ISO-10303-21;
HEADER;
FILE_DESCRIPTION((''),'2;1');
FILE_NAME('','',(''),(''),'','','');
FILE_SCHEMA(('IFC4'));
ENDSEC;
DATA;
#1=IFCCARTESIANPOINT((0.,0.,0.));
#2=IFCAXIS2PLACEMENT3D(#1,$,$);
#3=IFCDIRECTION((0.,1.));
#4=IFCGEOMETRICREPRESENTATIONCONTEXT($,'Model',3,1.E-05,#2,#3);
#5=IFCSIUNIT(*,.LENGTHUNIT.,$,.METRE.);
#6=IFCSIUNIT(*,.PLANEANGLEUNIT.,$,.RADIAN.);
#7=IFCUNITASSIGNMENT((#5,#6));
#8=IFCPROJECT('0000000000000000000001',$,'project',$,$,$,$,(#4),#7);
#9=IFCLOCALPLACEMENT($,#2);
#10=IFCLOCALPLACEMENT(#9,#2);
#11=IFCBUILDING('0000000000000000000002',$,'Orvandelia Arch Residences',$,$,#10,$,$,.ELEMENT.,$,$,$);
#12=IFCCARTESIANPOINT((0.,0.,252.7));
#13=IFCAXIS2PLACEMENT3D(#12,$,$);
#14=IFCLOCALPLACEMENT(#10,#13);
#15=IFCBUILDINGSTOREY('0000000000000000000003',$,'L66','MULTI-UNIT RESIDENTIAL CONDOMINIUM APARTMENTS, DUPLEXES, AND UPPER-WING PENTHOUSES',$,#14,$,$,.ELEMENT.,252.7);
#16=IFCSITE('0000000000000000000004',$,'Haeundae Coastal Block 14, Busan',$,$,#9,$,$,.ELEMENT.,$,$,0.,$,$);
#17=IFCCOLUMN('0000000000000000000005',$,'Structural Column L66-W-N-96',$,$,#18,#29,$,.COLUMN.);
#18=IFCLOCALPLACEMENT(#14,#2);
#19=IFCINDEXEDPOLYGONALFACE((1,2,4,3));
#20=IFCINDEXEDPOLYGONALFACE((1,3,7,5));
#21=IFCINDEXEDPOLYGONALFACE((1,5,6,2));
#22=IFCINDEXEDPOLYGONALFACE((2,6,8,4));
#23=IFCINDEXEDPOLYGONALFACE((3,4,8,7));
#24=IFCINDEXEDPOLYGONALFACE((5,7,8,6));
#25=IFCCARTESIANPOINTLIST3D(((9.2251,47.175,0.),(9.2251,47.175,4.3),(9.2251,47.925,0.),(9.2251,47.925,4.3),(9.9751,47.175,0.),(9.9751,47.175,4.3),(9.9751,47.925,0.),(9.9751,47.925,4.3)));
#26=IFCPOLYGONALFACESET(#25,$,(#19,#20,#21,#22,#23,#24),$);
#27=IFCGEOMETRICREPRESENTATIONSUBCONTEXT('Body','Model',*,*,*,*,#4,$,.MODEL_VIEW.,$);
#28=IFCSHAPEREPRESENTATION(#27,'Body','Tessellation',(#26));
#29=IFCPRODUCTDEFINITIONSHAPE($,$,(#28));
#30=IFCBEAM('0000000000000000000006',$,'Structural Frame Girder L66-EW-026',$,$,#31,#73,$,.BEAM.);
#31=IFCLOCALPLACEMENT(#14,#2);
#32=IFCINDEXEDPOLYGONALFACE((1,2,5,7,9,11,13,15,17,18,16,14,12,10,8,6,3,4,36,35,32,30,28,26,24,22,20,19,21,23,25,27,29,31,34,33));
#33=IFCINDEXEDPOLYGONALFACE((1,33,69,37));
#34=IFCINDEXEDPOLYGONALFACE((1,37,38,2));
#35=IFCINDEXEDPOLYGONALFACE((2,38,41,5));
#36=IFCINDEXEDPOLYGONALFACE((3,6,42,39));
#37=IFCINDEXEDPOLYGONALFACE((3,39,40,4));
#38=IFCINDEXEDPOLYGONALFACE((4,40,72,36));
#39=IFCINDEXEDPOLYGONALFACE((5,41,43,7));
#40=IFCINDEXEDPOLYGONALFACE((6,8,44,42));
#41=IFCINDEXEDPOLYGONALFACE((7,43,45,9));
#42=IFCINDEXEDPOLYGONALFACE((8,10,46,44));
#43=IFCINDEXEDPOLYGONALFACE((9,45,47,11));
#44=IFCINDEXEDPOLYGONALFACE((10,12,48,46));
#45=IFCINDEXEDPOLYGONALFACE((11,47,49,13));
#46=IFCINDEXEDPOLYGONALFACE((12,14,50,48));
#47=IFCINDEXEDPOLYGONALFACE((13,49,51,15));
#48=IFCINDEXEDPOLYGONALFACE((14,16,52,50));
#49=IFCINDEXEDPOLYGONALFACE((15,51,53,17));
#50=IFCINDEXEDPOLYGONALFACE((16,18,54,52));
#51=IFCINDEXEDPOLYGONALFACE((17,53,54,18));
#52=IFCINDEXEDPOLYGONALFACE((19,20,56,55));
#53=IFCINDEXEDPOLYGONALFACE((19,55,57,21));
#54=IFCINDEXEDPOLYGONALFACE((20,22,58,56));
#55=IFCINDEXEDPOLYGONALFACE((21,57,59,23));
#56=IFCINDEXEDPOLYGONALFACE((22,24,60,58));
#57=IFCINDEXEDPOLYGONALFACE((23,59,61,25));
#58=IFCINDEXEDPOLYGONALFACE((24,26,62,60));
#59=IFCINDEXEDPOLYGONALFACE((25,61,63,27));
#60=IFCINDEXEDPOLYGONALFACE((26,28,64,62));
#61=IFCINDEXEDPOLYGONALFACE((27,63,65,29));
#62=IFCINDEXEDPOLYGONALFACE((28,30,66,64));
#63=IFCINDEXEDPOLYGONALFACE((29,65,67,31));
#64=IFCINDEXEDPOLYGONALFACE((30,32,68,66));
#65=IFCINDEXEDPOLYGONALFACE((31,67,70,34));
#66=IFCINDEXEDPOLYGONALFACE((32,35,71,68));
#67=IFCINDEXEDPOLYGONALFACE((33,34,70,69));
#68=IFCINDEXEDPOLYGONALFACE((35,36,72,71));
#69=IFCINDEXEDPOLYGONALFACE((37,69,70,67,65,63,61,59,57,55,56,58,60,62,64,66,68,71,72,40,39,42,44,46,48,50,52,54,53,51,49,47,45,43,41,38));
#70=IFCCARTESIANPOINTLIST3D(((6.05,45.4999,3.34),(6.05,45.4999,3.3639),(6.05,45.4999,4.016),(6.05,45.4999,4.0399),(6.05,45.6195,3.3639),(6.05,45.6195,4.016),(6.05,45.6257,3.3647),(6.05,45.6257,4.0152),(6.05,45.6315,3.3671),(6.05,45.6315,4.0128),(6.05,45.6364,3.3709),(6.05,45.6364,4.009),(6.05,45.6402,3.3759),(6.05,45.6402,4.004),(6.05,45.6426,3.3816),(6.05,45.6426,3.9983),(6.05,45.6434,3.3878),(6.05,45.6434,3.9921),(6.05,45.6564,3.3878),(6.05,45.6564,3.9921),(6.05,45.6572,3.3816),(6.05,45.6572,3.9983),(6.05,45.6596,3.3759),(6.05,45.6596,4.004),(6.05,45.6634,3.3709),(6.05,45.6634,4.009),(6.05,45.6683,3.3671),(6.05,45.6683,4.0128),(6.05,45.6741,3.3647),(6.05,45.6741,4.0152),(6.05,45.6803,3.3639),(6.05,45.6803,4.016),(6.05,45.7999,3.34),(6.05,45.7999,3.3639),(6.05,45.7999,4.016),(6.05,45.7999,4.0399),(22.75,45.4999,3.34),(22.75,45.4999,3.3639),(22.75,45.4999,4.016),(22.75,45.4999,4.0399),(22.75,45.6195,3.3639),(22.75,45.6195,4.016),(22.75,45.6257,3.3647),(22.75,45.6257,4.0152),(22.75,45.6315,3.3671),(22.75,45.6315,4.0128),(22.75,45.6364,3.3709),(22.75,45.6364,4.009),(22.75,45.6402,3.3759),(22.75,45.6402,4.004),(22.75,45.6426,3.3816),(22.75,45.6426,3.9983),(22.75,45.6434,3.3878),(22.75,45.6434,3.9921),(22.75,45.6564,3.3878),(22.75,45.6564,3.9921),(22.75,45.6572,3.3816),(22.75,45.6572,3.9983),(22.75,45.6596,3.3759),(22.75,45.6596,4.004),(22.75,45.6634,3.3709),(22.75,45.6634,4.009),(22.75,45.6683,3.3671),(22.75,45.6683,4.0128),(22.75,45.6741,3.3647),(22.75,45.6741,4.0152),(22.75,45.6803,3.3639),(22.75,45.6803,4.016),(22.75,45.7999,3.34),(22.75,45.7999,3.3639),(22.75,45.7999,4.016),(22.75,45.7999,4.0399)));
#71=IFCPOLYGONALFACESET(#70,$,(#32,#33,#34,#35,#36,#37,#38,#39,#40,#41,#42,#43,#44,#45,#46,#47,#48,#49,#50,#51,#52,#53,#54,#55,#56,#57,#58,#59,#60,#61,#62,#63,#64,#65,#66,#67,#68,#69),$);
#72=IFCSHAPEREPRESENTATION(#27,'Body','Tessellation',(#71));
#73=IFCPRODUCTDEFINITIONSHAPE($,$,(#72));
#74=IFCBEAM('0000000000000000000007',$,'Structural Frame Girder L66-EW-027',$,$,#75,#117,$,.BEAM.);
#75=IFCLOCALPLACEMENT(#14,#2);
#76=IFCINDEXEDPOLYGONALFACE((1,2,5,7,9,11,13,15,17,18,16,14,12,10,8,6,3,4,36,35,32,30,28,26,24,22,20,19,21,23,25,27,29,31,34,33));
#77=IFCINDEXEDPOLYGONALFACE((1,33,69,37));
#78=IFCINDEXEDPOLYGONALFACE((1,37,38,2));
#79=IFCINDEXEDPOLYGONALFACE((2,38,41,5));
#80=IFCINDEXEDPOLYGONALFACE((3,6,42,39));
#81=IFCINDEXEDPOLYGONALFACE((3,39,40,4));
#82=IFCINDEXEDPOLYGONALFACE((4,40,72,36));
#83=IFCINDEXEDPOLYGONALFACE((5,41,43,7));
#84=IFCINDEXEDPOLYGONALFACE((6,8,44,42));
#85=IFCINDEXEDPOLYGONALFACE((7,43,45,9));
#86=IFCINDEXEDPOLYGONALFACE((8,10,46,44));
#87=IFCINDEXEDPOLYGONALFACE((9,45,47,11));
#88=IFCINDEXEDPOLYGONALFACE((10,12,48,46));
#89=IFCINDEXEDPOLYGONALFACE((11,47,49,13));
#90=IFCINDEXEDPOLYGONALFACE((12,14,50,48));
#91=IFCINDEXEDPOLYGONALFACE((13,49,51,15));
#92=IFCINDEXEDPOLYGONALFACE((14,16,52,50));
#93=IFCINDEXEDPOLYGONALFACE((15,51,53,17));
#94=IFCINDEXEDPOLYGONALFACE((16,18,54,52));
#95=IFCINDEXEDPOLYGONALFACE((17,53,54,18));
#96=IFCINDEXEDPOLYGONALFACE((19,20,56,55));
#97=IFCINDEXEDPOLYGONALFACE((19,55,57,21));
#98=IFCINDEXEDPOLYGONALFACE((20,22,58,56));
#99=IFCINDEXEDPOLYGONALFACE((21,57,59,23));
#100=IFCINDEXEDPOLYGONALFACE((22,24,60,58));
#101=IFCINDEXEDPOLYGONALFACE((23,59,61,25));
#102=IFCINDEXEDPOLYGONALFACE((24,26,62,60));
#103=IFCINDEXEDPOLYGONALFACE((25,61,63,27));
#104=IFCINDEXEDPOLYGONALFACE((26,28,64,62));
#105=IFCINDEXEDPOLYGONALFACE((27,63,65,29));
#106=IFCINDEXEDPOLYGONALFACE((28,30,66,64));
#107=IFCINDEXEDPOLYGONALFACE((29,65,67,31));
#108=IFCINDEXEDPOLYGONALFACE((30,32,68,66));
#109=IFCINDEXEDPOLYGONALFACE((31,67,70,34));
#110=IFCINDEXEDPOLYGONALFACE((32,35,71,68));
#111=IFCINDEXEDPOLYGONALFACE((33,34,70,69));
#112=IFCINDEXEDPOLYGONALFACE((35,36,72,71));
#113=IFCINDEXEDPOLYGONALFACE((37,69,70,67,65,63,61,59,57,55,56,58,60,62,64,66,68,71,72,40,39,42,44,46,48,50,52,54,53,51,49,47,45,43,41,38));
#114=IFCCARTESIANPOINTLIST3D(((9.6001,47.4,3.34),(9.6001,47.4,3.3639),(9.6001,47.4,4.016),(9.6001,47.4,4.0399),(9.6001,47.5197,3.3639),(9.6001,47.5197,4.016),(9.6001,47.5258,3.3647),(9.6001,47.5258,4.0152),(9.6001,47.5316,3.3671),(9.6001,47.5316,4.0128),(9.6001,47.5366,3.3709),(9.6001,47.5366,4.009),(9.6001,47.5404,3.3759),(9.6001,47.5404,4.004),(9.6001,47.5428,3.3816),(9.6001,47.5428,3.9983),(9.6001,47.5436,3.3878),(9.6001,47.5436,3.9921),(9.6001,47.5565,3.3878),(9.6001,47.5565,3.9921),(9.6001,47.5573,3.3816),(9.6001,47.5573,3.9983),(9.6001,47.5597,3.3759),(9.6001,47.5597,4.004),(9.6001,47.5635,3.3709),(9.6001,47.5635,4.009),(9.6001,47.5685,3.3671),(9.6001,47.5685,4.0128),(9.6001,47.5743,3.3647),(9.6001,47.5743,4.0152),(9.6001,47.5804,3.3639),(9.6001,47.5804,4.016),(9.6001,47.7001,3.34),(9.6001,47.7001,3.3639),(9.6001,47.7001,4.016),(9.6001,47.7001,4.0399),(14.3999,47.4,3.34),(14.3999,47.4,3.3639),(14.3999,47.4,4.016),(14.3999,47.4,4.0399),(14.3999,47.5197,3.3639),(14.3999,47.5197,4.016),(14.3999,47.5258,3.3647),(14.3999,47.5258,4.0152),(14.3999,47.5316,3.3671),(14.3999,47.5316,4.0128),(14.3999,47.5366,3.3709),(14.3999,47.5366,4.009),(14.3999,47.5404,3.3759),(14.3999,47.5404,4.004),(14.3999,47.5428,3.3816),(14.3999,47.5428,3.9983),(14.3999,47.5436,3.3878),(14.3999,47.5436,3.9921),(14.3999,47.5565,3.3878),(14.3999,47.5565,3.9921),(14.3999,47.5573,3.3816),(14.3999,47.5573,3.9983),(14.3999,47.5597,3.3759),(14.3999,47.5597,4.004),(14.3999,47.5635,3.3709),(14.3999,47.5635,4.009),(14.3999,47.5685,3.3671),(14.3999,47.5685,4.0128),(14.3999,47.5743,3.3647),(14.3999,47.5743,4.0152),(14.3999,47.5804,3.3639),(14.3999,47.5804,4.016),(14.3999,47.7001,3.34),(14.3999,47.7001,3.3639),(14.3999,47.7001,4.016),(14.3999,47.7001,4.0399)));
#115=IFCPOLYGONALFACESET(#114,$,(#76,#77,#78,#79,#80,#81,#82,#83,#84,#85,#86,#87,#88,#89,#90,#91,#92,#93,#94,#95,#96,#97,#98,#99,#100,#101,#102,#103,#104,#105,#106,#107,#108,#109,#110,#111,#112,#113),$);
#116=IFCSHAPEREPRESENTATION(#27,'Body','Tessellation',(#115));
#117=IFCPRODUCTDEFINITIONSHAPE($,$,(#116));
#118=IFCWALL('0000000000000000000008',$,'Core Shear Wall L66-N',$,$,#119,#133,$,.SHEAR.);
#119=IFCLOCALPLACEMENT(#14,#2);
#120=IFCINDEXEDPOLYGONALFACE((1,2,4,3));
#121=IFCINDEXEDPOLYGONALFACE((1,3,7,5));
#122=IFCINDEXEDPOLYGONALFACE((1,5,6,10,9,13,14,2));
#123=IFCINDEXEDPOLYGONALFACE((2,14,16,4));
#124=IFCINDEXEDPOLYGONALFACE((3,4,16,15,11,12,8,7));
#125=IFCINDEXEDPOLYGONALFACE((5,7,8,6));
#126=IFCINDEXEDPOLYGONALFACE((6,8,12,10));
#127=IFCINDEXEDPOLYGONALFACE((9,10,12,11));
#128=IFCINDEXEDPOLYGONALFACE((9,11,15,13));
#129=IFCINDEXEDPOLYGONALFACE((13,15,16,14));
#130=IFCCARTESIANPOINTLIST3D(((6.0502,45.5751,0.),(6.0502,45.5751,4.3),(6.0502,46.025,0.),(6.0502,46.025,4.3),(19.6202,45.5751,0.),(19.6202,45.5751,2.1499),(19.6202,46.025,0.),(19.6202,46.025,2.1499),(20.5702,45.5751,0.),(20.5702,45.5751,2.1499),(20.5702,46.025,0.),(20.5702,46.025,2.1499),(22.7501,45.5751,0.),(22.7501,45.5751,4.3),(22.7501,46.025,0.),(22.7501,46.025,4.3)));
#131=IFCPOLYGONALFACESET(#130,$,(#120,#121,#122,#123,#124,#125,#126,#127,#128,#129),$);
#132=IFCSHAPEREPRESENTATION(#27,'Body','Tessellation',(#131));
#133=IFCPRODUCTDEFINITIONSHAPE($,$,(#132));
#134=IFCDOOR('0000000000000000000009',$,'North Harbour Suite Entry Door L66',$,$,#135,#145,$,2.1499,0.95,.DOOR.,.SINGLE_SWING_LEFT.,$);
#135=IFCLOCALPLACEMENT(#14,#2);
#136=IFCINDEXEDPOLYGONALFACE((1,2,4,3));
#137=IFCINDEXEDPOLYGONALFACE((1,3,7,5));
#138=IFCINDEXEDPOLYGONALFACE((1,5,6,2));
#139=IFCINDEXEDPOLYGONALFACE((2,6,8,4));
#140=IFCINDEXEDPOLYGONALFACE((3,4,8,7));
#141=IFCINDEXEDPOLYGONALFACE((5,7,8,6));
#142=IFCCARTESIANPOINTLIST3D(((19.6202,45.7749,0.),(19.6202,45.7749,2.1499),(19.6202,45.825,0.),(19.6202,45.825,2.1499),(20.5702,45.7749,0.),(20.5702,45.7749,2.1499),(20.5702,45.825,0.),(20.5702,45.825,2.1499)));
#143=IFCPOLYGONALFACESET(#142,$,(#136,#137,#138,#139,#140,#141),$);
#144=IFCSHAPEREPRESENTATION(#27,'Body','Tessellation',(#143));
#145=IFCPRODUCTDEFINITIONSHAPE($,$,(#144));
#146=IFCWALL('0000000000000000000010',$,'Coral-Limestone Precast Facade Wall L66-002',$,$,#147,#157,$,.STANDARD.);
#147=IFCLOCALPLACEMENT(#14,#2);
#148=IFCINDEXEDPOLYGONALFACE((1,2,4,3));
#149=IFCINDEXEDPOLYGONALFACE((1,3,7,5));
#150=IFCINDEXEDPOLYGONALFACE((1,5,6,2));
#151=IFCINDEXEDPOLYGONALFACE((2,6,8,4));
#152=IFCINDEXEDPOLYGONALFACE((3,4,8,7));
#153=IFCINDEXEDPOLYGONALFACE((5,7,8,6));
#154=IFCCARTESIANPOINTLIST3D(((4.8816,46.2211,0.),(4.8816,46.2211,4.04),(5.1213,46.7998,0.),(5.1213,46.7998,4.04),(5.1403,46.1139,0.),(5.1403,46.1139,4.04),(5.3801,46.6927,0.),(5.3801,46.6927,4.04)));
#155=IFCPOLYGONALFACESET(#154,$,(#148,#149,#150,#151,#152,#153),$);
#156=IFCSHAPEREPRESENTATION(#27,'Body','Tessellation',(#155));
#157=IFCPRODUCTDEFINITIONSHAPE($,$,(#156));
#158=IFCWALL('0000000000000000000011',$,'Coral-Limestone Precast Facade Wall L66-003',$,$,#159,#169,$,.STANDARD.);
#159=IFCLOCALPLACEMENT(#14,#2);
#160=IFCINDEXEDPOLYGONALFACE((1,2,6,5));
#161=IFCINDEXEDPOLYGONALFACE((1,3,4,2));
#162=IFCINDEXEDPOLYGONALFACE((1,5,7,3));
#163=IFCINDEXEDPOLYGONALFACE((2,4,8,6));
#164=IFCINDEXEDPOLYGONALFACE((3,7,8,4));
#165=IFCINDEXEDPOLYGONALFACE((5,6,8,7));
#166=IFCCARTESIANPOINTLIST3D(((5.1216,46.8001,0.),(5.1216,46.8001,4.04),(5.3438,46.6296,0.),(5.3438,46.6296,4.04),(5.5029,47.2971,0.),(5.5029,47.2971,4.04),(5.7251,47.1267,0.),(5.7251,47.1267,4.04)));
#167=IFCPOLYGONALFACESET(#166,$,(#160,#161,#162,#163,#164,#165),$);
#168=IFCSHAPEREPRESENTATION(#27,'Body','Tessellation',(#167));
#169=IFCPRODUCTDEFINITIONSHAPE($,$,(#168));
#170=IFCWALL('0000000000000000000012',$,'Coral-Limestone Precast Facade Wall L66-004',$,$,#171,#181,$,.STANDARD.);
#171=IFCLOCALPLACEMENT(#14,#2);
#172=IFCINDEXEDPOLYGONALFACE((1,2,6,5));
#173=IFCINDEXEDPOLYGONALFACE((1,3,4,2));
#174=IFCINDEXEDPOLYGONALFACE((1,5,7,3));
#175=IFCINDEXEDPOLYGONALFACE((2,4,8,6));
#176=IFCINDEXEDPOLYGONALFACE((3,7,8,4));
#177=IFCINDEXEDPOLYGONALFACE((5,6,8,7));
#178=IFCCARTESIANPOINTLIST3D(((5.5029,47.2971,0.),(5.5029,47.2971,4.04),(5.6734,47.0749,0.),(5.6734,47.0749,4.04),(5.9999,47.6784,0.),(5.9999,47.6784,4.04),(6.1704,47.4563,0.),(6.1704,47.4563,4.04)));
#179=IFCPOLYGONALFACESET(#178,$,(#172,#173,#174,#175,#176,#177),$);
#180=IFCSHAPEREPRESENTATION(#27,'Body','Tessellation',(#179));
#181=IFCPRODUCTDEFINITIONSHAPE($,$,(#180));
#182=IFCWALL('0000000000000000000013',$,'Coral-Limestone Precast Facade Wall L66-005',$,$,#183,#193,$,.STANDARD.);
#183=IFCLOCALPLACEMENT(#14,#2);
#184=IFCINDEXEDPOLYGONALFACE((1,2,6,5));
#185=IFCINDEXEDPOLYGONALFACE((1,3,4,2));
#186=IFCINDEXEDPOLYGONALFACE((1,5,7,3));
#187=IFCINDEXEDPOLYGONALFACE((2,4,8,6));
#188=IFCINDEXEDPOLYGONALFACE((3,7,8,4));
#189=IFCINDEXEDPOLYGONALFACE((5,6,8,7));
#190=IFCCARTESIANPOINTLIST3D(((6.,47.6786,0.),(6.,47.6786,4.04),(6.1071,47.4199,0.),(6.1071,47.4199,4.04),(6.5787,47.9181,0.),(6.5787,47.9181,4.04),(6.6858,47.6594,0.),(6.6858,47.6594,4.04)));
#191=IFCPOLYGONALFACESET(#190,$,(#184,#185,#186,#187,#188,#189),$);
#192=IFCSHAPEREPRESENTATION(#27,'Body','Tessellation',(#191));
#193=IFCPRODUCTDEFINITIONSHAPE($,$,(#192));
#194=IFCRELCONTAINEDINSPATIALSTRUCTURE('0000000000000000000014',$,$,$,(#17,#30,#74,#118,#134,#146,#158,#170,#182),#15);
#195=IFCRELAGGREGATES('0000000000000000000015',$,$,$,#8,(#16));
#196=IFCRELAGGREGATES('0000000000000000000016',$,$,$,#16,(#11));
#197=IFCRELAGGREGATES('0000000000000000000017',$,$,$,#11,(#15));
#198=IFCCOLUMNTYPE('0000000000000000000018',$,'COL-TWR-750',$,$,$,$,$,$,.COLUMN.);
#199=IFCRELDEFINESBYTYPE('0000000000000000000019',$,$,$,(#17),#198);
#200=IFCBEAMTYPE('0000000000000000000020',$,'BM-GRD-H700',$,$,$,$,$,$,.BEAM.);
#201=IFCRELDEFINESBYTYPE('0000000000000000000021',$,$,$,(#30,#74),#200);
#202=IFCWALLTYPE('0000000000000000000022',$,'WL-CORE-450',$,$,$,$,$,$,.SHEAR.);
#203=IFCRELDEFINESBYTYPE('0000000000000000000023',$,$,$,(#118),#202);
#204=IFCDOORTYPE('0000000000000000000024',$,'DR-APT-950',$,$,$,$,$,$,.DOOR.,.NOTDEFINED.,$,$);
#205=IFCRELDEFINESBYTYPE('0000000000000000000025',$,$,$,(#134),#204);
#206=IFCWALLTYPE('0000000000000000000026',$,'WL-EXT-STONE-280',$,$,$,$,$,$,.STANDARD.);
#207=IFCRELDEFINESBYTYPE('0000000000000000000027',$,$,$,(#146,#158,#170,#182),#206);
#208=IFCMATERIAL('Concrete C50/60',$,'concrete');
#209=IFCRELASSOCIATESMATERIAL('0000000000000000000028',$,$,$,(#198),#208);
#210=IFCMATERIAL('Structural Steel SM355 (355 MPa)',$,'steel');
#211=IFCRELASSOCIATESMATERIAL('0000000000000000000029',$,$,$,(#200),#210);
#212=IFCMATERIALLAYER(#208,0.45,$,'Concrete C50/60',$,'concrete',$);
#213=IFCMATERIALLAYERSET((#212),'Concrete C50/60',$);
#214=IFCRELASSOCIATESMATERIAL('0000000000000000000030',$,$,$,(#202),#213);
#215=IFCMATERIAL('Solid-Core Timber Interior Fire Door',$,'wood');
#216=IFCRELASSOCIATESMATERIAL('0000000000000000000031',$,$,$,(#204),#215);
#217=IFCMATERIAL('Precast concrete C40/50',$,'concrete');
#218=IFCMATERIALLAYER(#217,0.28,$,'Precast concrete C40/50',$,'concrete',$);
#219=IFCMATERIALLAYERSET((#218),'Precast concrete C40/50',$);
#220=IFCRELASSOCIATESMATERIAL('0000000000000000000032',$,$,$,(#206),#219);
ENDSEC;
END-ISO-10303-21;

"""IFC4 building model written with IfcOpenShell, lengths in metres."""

from ifc_helpers import new_model, si_unit, direction, frame, frame_2d, origin, origin_2d, place, context, subcontext, project, spatial, rectangle, i_section, extrude, material, layer, layer_set, material_profile, profile_set, type_object, element, fill, save


model = new_model("IFC4")

# Units and contexts
model_context = context("Model", 3, precision=1e-05, world=origin(), true_north=direction((0.0, 1.0)))
body_context = subcontext(model_context, "Body", "Model", "MODEL_VIEW")
ifc_project = project(units=[si_unit("LENGTHUNIT", "METRE"), si_unit("PLANEANGLEUNIT", "RADIAN")], contexts=[model_context])

# Site, building, storey
site_placement = place(None, origin())
site = spatial("IfcSite", under=ifc_project, at=site_placement, Name="Haeundae Coastal Block 14, Busan", CompositionType="ELEMENT", RefElevation=0.0)
building_placement = place(site_placement, origin())
building = spatial("IfcBuilding", under=site, at=building_placement, Name="Orvandelia Arch Residences", CompositionType="ELEMENT")
storey_placement = place(building_placement, frame((0.0, 0.0, 252.7)))
storey = spatial("IfcBuildingStorey", under=building, at=storey_placement, Name="L66", Description="MULTI-UNIT RESIDENTIAL CONDOMINIUM APARTMENTS, DUPLEXES, AND UPPER-WING PENTHOUSES", CompositionType="ELEMENT", Elevation=252.7)

# Column
ifc_material_1 = material(Name="Concrete C50/60", Category="concrete")
ifc_material_profile_1 = material_profile(ifc_material_1, rectangle(XDim=0.75, YDim=0.75, at=origin_2d()), Name="Concrete C50/60", Category="concrete")
ifc_profile_set_1 = profile_set([ifc_material_profile_1], Name="Concrete C50/60")
column_type = type_object("IfcColumnType", Name="COL-TWR-750", PredefinedType="COLUMN", material=ifc_profile_set_1)
column_placement = place(storey_placement, frame((9.6001, 47.55, 0.0), z_axis=(0.0, 0.0, 1.0), x_axis=(1.0, 0.0, 0.0)))
element("IfcColumn", 1, at=column_placement, inside=storey, type_object=column_type, Name="Structural Column L66-W-N-96", PredefinedType="COLUMN", context=body_context, shape_type="SweptSolid", body=[
    extrude(rectangle(XDim=0.75, YDim=0.75, at=origin_2d()), origin(), (0.0, 0.0, 1.0), 4.3),
])

# Beams
ifc_material_2 = material(Name="Structural Steel SM355 (355 MPa)", Category="steel")
ifc_material_profile_2 = material_profile(ifc_material_2, i_section(OverallWidth=0.3, OverallDepth=0.7, WebThickness=0.0129, FlangeThickness=0.0239, FilletRadius=0.0239, at=origin_2d()), Name="Structural Steel SM355 (355 MPa)", Category="steel")
ifc_profile_set_2 = profile_set([ifc_material_profile_2], Name="Structural Steel SM355 (355 MPa)")
beam_type = type_object("IfcBeamType", Name="BM-GRD-H700", PredefinedType="BEAM", material=ifc_profile_set_2)
beam_1_placement = place(storey_placement, frame((6.05, 45.6499, 3.6899), z_axis=(1.0, 0.0, 0.0), x_axis=(0.0, 1.0, 0.0)))
element("IfcBeam", 2, at=beam_1_placement, inside=storey, type_object=beam_type, Name="Structural Frame Girder L66-EW-026", PredefinedType="BEAM", context=body_context, shape_type="SweptSolid", body=[
    extrude(i_section(OverallWidth=0.3, OverallDepth=0.7, WebThickness=0.0129, FlangeThickness=0.0239, FilletRadius=0.0239, at=origin_2d()), origin(), (0.0, 0.0, 1.0), 16.7),
])
beam_2_placement = place(storey_placement, frame((9.6001, 47.55, 3.6899), z_axis=(1.0, 0.0, 0.0), x_axis=(0.0, 1.0, 0.0)))
element("IfcBeam", 3, at=beam_2_placement, inside=storey, type_object=beam_type, Name="Structural Frame Girder L66-EW-027", PredefinedType="BEAM", context=body_context, shape_type="SweptSolid", body=[
    extrude(i_section(OverallWidth=0.3, OverallDepth=0.7, WebThickness=0.0129, FlangeThickness=0.0239, FilletRadius=0.0239, at=origin_2d()), origin(), (0.0, 0.0, 1.0), 4.7998),
])

# Wall, opening, door
ifc_layer_1 = layer(ifc_material_1, 0.45, Name="Concrete C50/60", Category="concrete")
ifc_layer_set_1 = layer_set([ifc_layer_1], Name="Concrete C50/60")
wall_type_1 = type_object("IfcWallType", Name="WL-CORE-450", PredefinedType="SHEAR", material=ifc_layer_set_1)
wall_1_placement = place(storey_placement, frame((6.05, 45.8, 0.0), z_axis=(0.0, 0.0, 1.0), x_axis=(1.0, 0.0, 0.0)))
wall_1 = element("IfcWall", 4, at=wall_1_placement, inside=storey, type_object=wall_type_1, Name="Core Shear Wall L66-N", PredefinedType="SHEAR", context=body_context, shape_type="SweptSolid", body=[
    extrude(rectangle(XDim=16.7, YDim=0.45, at=frame_2d((8.3501, 0.0))), origin(), (0.0, 0.0, 1.0), 4.3),
])
opening_1_placement = place(wall_1_placement, frame((13.5701, 0.0, 0.0)))
opening_1 = element("IfcOpeningElement", 5, at=opening_1_placement, cuts=wall_1, PredefinedType="OPENING", context=body_context, shape_type="SweptSolid", body=[
    extrude(rectangle(XDim=0.95, YDim=2.1499, at=frame_2d((0.4751, 1.075))), frame((0.0, 0.2349, 0.0), z_axis=(0.0, -1.0, 0.0), x_axis=(1.0, 0.0, 0.0)), (0.0, 0.0, 1.0), 0.47),
])
ifc_material_3 = material(Name="Solid-Core Timber Interior Fire Door", Category="wood")
door_type = type_object("IfcDoorType", Name="DR-APT-950", OperationType="NOTDEFINED", PredefinedType="DOOR", material=ifc_material_3)
door_placement = place(opening_1_placement, origin())
door = element("IfcDoor", 6, at=door_placement, inside=storey, type_object=door_type, Name="North Harbour Suite Entry Door L66", OperationType="SINGLE_SWING_LEFT", OverallHeight=2.1499, OverallWidth=0.95, PredefinedType="DOOR", context=body_context, shape_type="SweptSolid", body=[
    extrude(rectangle(XDim=0.95, YDim=2.1499, at=frame_2d((0.4751, 1.075))), frame((0.0, 0.0249, 0.0), z_axis=(0.0, -1.0, 0.0), x_axis=(1.0, 0.0, 0.0)), (0.0, 0.0, 1.0), 0.05),
])
fill(opening_1, door)

# Walls
ifc_material_4 = material(Name="Precast concrete C40/50", Category="concrete")
ifc_layer_2 = layer(ifc_material_4, 0.28, Name="Precast concrete C40/50", Category="concrete")
ifc_layer_set_2 = layer_set([ifc_layer_2], Name="Precast concrete C40/50")
wall_type_2 = type_object("IfcWallType", Name="WL-EXT-STONE-280", PredefinedType="STANDARD", material=ifc_layer_set_2)
for number, where, z_axis, x_axis, name in (
    (7, (5.011, 46.1675, 0.0), (0.0, 0.0, 1.0), (0.38265, 0.923893, 0.0), "Coral-Limestone Precast Facade Wall L66-002"),
    (8, (5.2327, 46.7148, 0.0), (0.0, 0.0, 1.0), (0.608693, 0.793406, 0.0), "Coral-Limestone Precast Facade Wall L66-003"),
    (9, (5.5881, 47.186, 0.0), (0.0, 0.0, 1.0), (0.793406, 0.608693, 0.0), "Coral-Limestone Precast Facade Wall L66-004"),
):
    element("IfcWall", number, at=place(storey_placement, frame(where, z_axis=z_axis, x_axis=x_axis)), inside=storey, type_object=wall_type_2, Name=name, PredefinedType="STANDARD", context=body_context, shape_type="SweptSolid", body=[
        extrude(rectangle(XDim=0.6265, YDim=0.28, at=frame_2d((0.3132, 0.0))), origin(), (0.0, 0.0, 1.0), 4.04),
    ])
wall_2_placement = place(storey_placement, frame((6.0537, 47.5493, 0.0), z_axis=(0.0, 0.0, 1.0), x_axis=(0.923974, 0.382455, 0.0)))
element("IfcWall", 10, at=wall_2_placement, inside=storey, type_object=wall_type_2, Name="Coral-Limestone Precast Facade Wall L66-005", PredefinedType="STANDARD", context=body_context, shape_type="SweptSolid", body=[
    extrude(rectangle(XDim=0.6262, YDim=0.28, at=frame_2d((0.313, 0.0))), origin(), (0.0, 0.0, 1.0), 4.04),
])

save(model, "model.ifc")
